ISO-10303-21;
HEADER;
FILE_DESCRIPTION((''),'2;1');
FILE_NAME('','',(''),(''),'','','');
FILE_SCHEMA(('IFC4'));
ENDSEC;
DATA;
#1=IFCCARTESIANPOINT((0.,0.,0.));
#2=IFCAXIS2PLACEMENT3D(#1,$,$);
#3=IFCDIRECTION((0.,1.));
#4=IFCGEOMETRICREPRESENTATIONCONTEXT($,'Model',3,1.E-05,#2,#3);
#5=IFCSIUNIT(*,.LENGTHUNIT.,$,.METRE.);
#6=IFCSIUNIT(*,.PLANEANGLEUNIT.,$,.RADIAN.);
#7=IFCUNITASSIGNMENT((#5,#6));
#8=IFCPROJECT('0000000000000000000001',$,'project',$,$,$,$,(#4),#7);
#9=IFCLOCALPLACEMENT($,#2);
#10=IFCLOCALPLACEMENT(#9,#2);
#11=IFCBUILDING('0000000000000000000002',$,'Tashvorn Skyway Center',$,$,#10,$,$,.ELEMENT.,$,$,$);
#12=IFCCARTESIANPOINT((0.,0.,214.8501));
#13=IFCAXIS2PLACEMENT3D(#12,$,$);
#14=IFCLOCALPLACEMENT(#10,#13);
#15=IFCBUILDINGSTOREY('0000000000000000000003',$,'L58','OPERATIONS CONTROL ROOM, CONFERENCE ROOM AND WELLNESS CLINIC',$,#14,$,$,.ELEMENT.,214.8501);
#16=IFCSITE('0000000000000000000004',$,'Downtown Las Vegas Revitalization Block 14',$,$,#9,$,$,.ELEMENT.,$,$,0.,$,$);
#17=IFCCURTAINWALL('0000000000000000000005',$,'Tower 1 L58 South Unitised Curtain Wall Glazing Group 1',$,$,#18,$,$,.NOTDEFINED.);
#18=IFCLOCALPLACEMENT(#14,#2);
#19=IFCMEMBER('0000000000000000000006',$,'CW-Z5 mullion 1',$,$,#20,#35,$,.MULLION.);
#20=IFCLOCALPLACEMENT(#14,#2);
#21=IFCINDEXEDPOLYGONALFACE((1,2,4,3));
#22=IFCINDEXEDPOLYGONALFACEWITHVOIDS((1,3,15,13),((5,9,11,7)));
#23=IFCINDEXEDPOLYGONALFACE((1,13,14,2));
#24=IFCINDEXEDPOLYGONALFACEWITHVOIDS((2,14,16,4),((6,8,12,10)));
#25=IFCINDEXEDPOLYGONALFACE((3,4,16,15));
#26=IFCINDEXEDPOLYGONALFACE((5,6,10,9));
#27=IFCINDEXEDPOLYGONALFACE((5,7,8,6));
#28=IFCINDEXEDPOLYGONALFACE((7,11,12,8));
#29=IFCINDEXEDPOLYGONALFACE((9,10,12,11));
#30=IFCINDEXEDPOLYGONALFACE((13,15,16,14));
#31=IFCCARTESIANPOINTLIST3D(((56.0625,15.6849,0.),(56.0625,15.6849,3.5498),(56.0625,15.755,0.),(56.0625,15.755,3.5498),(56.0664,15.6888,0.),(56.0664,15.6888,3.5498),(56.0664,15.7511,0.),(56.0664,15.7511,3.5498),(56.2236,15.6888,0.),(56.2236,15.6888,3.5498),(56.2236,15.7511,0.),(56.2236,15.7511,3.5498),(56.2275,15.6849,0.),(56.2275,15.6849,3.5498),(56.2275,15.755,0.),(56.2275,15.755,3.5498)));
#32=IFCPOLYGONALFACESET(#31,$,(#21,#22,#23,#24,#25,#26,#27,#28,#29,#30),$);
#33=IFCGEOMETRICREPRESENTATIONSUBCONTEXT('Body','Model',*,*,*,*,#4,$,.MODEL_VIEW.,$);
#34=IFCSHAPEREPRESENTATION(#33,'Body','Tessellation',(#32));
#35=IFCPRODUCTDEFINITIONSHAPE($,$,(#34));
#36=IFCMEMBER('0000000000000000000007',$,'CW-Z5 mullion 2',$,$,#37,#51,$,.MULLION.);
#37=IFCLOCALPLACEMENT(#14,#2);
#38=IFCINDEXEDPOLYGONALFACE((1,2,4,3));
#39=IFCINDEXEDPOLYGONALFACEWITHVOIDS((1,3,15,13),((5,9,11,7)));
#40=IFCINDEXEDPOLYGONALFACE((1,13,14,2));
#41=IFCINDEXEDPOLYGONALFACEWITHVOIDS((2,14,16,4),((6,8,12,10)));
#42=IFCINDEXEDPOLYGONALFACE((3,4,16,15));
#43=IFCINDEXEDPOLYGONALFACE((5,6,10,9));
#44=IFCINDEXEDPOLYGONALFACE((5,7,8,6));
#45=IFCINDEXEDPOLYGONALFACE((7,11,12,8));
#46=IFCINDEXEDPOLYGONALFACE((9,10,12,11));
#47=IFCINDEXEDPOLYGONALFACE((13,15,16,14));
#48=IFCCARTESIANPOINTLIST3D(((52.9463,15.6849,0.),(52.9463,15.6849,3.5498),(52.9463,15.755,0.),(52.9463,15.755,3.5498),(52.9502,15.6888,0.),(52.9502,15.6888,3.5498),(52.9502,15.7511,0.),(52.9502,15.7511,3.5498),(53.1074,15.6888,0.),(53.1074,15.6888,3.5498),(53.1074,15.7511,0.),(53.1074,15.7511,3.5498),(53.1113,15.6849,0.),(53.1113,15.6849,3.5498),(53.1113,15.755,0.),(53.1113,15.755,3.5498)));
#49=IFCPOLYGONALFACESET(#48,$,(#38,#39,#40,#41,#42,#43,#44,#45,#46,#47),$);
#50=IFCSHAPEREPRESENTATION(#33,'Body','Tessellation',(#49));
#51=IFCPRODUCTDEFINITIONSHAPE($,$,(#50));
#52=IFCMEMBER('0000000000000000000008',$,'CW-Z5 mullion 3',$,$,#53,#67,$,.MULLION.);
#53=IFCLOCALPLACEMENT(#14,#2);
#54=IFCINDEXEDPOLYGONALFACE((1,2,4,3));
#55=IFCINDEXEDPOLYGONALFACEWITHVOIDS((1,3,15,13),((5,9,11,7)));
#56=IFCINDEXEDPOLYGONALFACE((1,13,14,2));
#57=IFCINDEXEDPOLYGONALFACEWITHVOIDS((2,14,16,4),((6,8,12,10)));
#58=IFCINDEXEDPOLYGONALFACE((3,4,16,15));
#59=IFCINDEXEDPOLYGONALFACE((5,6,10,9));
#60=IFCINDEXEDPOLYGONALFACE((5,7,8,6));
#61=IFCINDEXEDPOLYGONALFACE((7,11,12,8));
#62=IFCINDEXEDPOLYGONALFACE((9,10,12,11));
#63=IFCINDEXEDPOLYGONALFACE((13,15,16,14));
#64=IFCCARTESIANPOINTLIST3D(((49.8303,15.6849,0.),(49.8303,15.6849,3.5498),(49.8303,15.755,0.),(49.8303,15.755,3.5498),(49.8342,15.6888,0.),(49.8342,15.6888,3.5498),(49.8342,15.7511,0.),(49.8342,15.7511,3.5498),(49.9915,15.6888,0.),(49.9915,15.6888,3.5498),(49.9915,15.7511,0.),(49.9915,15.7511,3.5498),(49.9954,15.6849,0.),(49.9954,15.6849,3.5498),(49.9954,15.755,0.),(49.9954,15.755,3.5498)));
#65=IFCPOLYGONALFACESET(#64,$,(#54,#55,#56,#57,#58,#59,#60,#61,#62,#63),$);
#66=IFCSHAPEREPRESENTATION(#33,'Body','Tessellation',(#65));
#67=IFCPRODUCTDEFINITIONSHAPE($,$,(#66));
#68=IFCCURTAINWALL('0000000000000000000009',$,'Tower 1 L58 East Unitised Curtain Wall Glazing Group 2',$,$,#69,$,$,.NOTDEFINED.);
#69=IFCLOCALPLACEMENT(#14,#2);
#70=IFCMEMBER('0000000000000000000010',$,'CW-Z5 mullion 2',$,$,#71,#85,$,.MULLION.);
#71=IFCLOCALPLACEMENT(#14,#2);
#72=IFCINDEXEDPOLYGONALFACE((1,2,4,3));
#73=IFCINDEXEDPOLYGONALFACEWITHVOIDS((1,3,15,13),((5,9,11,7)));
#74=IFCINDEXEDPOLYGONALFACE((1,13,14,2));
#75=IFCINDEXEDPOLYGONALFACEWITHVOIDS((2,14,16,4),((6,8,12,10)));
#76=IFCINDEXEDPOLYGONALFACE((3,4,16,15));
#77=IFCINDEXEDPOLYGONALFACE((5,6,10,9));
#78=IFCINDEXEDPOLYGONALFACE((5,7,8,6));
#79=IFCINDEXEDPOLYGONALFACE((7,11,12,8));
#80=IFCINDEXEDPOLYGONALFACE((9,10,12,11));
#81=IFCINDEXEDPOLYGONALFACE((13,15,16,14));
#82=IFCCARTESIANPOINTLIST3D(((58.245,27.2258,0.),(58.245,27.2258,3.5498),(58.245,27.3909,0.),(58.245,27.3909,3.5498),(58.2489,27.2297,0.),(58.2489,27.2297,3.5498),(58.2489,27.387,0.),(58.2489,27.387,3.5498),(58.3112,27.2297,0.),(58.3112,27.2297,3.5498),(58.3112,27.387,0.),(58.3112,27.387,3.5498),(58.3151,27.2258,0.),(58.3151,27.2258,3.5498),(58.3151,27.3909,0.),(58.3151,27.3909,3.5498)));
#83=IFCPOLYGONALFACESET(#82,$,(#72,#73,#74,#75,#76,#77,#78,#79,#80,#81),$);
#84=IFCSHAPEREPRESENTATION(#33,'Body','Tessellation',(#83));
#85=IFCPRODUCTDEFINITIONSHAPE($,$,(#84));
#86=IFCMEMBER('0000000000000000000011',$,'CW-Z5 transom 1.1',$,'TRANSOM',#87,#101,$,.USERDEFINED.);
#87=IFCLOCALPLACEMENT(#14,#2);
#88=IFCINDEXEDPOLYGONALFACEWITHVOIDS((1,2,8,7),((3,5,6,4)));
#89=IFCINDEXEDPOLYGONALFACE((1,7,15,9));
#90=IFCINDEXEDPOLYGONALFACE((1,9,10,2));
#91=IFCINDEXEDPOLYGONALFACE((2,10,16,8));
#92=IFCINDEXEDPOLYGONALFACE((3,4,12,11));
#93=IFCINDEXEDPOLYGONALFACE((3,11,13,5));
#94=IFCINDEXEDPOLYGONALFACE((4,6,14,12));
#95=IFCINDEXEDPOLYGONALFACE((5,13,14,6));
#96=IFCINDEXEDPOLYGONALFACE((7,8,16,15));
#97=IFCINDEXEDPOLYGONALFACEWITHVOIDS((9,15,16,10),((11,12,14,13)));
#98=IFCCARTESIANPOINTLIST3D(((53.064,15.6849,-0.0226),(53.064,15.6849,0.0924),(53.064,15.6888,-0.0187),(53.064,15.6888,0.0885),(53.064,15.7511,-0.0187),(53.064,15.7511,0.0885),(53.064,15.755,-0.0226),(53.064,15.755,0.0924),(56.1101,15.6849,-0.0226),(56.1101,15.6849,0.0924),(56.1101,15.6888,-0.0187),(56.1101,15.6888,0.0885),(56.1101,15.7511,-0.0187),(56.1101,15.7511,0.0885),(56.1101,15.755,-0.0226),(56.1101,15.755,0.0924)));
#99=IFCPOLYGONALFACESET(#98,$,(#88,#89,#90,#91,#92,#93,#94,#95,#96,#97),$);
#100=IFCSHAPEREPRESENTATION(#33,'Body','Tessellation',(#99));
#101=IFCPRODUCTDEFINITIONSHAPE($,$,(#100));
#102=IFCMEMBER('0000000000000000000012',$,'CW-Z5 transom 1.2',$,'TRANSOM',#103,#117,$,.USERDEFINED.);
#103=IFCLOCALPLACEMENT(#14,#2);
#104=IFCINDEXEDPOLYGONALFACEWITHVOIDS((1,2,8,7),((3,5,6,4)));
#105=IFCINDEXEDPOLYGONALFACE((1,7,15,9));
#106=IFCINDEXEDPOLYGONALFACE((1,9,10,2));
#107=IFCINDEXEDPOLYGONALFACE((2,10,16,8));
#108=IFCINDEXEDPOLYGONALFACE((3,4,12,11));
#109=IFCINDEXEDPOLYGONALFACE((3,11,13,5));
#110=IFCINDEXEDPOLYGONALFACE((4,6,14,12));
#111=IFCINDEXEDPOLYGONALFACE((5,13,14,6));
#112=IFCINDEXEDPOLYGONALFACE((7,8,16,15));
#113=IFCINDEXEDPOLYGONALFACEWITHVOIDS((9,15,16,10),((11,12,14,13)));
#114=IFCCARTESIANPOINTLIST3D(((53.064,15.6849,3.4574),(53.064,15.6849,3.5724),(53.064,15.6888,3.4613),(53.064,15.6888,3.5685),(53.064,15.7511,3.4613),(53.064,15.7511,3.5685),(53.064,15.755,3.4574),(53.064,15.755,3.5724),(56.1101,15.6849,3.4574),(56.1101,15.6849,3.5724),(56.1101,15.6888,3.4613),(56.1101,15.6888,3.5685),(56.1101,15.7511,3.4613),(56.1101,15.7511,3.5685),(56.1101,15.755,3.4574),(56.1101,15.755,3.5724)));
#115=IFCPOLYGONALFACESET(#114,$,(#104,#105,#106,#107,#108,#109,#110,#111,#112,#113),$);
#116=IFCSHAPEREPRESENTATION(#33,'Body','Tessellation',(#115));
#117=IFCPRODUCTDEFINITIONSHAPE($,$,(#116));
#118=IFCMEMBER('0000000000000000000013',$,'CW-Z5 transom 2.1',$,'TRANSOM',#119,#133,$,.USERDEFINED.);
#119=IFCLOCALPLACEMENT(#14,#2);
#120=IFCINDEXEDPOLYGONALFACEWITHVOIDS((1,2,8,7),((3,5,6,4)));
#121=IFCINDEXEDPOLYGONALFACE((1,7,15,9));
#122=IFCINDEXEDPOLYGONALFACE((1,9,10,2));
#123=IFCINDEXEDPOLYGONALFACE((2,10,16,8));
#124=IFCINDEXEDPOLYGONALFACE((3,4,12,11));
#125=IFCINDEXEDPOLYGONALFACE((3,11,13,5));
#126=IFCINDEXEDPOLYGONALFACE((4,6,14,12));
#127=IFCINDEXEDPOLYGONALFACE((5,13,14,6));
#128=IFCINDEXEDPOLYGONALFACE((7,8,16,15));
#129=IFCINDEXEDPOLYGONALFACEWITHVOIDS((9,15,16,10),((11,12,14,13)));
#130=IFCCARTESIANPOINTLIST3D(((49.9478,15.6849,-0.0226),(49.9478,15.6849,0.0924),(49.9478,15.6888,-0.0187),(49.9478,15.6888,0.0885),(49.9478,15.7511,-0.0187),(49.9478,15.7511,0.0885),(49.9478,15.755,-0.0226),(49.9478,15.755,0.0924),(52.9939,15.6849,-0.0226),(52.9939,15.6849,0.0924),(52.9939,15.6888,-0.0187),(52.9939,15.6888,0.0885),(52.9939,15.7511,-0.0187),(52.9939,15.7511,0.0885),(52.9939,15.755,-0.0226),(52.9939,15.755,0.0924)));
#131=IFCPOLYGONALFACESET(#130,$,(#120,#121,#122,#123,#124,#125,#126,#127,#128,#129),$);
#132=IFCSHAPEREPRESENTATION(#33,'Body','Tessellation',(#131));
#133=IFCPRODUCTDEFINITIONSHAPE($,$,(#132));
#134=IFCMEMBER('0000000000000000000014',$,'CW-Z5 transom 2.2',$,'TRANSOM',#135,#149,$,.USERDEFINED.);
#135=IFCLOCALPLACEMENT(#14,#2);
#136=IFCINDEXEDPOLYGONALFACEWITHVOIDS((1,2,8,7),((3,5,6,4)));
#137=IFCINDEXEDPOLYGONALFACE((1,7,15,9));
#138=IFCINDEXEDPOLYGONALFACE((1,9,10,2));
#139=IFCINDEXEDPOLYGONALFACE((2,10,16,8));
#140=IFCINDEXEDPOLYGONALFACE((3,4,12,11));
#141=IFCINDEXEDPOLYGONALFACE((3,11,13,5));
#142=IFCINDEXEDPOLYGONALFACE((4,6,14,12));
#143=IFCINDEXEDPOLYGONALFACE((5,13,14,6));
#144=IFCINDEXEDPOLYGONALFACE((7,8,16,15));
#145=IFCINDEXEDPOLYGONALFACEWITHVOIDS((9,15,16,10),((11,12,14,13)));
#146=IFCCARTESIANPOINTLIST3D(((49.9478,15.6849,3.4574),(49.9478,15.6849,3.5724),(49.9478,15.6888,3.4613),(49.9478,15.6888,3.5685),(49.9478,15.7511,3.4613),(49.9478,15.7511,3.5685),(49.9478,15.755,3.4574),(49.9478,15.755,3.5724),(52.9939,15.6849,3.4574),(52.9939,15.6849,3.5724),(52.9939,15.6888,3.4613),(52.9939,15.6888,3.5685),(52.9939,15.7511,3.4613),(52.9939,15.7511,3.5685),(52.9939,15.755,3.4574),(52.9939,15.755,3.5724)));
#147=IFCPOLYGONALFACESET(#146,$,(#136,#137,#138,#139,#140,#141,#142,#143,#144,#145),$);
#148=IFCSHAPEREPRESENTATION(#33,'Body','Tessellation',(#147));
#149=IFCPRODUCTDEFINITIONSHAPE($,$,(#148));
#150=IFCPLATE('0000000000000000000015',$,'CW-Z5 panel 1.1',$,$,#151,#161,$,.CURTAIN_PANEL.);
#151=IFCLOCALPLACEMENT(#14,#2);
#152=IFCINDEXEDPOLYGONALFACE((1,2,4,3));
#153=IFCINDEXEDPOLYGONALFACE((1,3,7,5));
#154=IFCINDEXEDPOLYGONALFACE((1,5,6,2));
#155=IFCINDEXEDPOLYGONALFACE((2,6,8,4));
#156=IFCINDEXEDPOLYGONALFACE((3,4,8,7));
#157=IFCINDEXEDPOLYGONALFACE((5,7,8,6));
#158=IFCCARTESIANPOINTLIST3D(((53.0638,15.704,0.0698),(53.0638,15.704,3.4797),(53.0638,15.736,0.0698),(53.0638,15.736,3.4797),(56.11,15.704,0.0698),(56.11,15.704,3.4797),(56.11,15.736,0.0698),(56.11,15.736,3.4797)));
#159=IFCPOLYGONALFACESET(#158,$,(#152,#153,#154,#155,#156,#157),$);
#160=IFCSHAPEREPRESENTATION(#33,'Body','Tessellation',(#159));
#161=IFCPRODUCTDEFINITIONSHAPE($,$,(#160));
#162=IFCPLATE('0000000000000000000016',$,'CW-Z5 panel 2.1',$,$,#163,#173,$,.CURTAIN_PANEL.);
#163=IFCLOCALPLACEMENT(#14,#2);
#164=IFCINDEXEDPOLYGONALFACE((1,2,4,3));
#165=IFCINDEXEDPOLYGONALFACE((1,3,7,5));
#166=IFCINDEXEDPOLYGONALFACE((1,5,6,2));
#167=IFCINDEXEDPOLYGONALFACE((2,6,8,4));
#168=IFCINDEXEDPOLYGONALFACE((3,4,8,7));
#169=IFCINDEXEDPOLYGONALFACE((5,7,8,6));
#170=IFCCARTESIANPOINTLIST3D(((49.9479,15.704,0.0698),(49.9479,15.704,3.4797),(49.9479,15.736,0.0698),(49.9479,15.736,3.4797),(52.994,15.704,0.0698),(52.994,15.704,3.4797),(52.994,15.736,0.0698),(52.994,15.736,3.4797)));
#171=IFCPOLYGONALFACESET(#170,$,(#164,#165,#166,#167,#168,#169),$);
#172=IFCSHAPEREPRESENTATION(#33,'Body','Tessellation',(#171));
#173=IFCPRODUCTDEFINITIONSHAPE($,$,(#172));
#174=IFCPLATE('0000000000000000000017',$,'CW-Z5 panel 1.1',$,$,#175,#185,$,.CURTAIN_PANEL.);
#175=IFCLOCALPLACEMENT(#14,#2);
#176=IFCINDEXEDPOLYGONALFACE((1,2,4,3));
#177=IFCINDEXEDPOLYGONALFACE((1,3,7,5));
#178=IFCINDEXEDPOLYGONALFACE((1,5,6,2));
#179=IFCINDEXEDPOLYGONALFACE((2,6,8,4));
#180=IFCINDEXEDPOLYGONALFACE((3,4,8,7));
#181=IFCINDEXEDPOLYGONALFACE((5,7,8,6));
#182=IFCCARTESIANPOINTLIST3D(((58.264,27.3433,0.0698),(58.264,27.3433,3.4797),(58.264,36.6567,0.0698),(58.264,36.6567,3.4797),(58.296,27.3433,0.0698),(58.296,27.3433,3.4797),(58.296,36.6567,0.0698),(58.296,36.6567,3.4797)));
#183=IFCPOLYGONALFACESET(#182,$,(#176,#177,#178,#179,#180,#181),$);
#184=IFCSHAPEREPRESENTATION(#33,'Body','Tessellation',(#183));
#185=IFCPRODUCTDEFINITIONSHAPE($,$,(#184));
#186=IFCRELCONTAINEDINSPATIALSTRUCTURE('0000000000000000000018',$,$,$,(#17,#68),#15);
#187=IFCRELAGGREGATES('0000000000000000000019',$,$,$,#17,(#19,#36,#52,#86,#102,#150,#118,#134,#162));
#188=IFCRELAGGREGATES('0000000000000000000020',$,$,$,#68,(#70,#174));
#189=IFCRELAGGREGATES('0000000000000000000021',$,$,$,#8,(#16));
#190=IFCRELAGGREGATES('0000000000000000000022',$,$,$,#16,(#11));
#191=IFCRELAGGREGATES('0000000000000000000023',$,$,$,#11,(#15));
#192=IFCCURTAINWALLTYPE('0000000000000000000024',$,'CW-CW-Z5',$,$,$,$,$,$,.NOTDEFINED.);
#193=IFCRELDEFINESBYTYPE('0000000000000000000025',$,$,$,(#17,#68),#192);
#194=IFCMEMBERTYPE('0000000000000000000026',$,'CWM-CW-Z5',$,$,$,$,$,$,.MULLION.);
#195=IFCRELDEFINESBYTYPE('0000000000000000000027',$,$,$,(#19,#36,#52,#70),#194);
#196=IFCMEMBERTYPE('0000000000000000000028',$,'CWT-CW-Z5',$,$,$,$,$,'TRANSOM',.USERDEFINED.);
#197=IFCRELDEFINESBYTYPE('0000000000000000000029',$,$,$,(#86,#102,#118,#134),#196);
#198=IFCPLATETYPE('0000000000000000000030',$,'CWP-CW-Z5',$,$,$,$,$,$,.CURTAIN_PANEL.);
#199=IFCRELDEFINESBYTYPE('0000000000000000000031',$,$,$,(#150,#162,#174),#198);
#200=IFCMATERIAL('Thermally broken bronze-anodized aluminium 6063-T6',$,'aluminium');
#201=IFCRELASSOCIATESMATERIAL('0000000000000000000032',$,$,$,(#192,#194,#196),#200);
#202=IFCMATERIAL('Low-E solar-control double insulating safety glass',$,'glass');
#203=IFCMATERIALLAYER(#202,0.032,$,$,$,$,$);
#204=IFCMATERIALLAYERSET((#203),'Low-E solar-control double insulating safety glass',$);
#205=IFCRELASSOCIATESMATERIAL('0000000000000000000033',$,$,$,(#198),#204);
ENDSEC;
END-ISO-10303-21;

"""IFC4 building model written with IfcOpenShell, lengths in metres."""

from ifc_helpers import new_model, si_unit, direction, frame, origin, origin_2d, place, context, subcontext, project, spatial, rectangle, hollow_rectangle, extrude, material, layer, layer_set, material_profile, profile_set, type_object, element, aggregate, save


model = new_model("IFC4")

# Units and contexts
model_context = context("Model", 3, precision=1e-05, world=origin(), true_north=direction((0.0, 1.0)))
body_context = subcontext(model_context, "Body", "Model", "MODEL_VIEW")
ifc_project = project(units=[si_unit("LENGTHUNIT", "METRE"), si_unit("PLANEANGLEUNIT", "RADIAN")], contexts=[model_context])

# Site, building, storey
site_placement = place(None, origin())
site = spatial("IfcSite", under=ifc_project, at=site_placement, Name="Downtown Las Vegas Revitalization Block 14", CompositionType="ELEMENT", RefElevation=0.0)
building_placement = place(site_placement, origin())
building = spatial("IfcBuilding", under=site, at=building_placement, Name="Tashvorn Skyway Center", CompositionType="ELEMENT")
storey_placement = place(building_placement, frame((0.0, 0.0, 214.8501)))
storey = spatial("IfcBuildingStorey", under=building, at=storey_placement, Name="L58", Description="OPERATIONS CONTROL ROOM, CONFERENCE ROOM AND WELLNESS CLINIC", CompositionType="ELEMENT", Elevation=214.8501)

# Curtain wall, members
ifc_material_1 = material(Name="Thermally broken bronze-anodized aluminium 6063-T6", Category="aluminium")
curtain_wall_type = type_object("IfcCurtainWallType", Name="CW-CW-Z5", PredefinedType="NOTDEFINED", material=ifc_material_1)
curtain_wall_1_placement = place(storey_placement, origin())
curtain_wall_1 = element("IfcCurtainWall", 1, at=curtain_wall_1_placement, inside=storey, type_object=curtain_wall_type, Name="Tower 1 L58 South Unitised Curtain Wall Glazing Group 1", PredefinedType="NOTDEFINED")
ifc_material_profile_1 = material_profile(ifc_material_1, hollow_rectangle(XDim=0.0701, YDim=0.165, WallThickness=0.0039, at=origin_2d()), Name="ALU-MULL-70x165")
ifc_profile_set_1 = profile_set([ifc_material_profile_1], Name="Thermally broken bronze-anodized aluminium 6063-T6")
member_type_1 = type_object("IfcMemberType", Name="CWM-CW-Z5", PredefinedType="MULLION", material=ifc_profile_set_1)
member_1_placement = place(storey_placement, frame((56.145, 15.72, 0.0), z_axis=(0.0, 0.0, 1.0), x_axis=(0.0, -1.0, 0.0)))
member_1 = element("IfcMember", 2, at=member_1_placement, type_object=member_type_1, Name="CW-Z5 mullion 1", PredefinedType="MULLION", context=body_context, shape_type="SweptSolid", body=[
    extrude(hollow_rectangle(XDim=0.0701, YDim=0.165, WallThickness=0.0039, at=origin_2d()), origin(), (0.0, 0.0, 1.0), 3.5498),
])
member_2_placement = place(storey_placement, frame((53.0288, 15.72, 0.0), z_axis=(0.0, 0.0, 1.0), x_axis=(0.0, -1.0, 0.0)))
member_2 = element("IfcMember", 3, at=member_2_placement, type_object=member_type_1, Name="CW-Z5 mullion 2", PredefinedType="MULLION", context=body_context, shape_type="SweptSolid", body=[
    extrude(hollow_rectangle(XDim=0.0701, YDim=0.165, WallThickness=0.0039, at=origin_2d()), origin(), (0.0, 0.0, 1.0), 3.5498),
])
member_3_placement = place(storey_placement, frame((49.9128, 15.72, 0.0), z_axis=(0.0, 0.0, 1.0), x_axis=(0.0, -1.0, 0.0)))
member_3 = element("IfcMember", 4, at=member_3_placement, type_object=member_type_1, Name="CW-Z5 mullion 3", PredefinedType="MULLION", context=body_context, shape_type="SweptSolid", body=[
    extrude(hollow_rectangle(XDim=0.0701, YDim=0.165, WallThickness=0.0039, at=origin_2d()), origin(), (0.0, 0.0, 1.0), 3.5498),
])

# Curtain wall, member
curtain_wall_2_placement = place(storey_placement, origin())
curtain_wall_2 = element("IfcCurtainWall", 5, at=curtain_wall_2_placement, inside=storey, type_object=curtain_wall_type, Name="Tower 1 L58 East Unitised Curtain Wall Glazing Group 2", PredefinedType="NOTDEFINED")
member_4_placement = place(storey_placement, frame((58.28, 27.3083, 0.0), z_axis=(0.0, 0.0, 1.0), x_axis=(1.0, 0.0, 0.0)))
member_4 = element("IfcMember", 6, at=member_4_placement, type_object=member_type_1, Name="CW-Z5 mullion 2", PredefinedType="MULLION", context=body_context, shape_type="SweptSolid", body=[
    extrude(hollow_rectangle(XDim=0.0701, YDim=0.165, WallThickness=0.0039, at=origin_2d()), origin(), (0.0, 0.0, 1.0), 3.5498),
])

# Members
ifc_material_profile_2 = material_profile(ifc_material_1, hollow_rectangle(XDim=0.0701, YDim=0.115, WallThickness=0.0039, at=origin_2d()), Name="ALU-TRAN-70x115")
ifc_profile_set_2 = profile_set([ifc_material_profile_2], Name="Thermally broken bronze-anodized aluminium 6063-T6")
member_type_2 = type_object("IfcMemberType", Name="CWT-CW-Z5", ElementType="TRANSOM", PredefinedType="USERDEFINED", material=ifc_profile_set_2)
member_5_placement = place(storey_placement, frame((56.1101, 15.72, 0.0349), z_axis=(-1.0, 0.0, 0.0), x_axis=(0.0, -1.0, 0.0)))
member_5 = element("IfcMember", 7, at=member_5_placement, type_object=member_type_2, Name="CW-Z5 transom 1.1", ObjectType="TRANSOM", PredefinedType="USERDEFINED", context=body_context, shape_type="SweptSolid", body=[
    extrude(hollow_rectangle(XDim=0.0701, YDim=0.115, WallThickness=0.0039, at=origin_2d()), origin(), (0.0, 0.0, 1.0), 3.0461),
])
member_6_placement = place(storey_placement, frame((56.1101, 15.72, 3.5149), z_axis=(-1.0, 0.0, 0.0), x_axis=(0.0, -1.0, 0.0)))
member_6 = element("IfcMember", 8, at=member_6_placement, type_object=member_type_2, Name="CW-Z5 transom 1.2", ObjectType="TRANSOM", PredefinedType="USERDEFINED", context=body_context, shape_type="SweptSolid", body=[
    extrude(hollow_rectangle(XDim=0.0701, YDim=0.115, WallThickness=0.0039, at=origin_2d()), origin(), (0.0, 0.0, 1.0), 3.0461),
])
member_7_placement = place(storey_placement, frame((52.9939, 15.72, 0.0349), z_axis=(-1.0, 0.0, 0.0), x_axis=(0.0, -1.0, 0.0)))
member_7 = element("IfcMember", 9, at=member_7_placement, type_object=member_type_2, Name="CW-Z5 transom 2.1", ObjectType="TRANSOM", PredefinedType="USERDEFINED", context=body_context, shape_type="SweptSolid", body=[
    extrude(hollow_rectangle(XDim=0.0701, YDim=0.115, WallThickness=0.0039, at=origin_2d()), origin(), (0.0, 0.0, 1.0), 3.0461),
])
member_8_placement = place(storey_placement, frame((52.9939, 15.72, 3.5149), z_axis=(-1.0, 0.0, 0.0), x_axis=(0.0, -1.0, 0.0)))
member_8 = element("IfcMember", 10, at=member_8_placement, type_object=member_type_2, Name="CW-Z5 transom 2.2", ObjectType="TRANSOM", PredefinedType="USERDEFINED", context=body_context, shape_type="SweptSolid", body=[
    extrude(hollow_rectangle(XDim=0.0701, YDim=0.115, WallThickness=0.0039, at=origin_2d()), origin(), (0.0, 0.0, 1.0), 3.0461),
])

# Plates
ifc_material_2 = material(Name="Low-E solar-control double insulating safety glass", Category="glass")
ifc_layer_1 = layer(ifc_material_2, 0.032)
ifc_layer_set_1 = layer_set([ifc_layer_1], Name="Low-E solar-control double insulating safety glass")
plate_type = type_object("IfcPlateType", Name="CWP-CW-Z5", PredefinedType="CURTAIN_PANEL", material=ifc_layer_set_1)
plate_1_placement = place(storey_placement, frame((54.5869, 15.72, 0.0698), z_axis=(0.0, 0.0, 1.0), x_axis=(-1.0, 0.0, 0.0)))
plate_1 = element("IfcPlate", 11, at=plate_1_placement, type_object=plate_type, Name="CW-Z5 panel 1.1", PredefinedType="CURTAIN_PANEL", context=body_context, shape_type="SweptSolid", body=[
    extrude(rectangle(XDim=3.0461, YDim=0.032, at=origin_2d()), origin(), (0.0, 0.0, 1.0), 3.4099),
])
plate_2_placement = place(storey_placement, frame((51.4709, 15.72, 0.0698), z_axis=(0.0, 0.0, 1.0), x_axis=(-1.0, 0.0, 0.0)))
plate_2 = element("IfcPlate", 12, at=plate_2_placement, type_object=plate_type, Name="CW-Z5 panel 2.1", PredefinedType="CURTAIN_PANEL", context=body_context, shape_type="SweptSolid", body=[
    extrude(rectangle(XDim=3.0461, YDim=0.032, at=origin_2d()), origin(), (0.0, 0.0, 1.0), 3.4099),
])
aggregate(curtain_wall_1, [member_1, member_2, member_3, member_5, member_6, plate_1, member_7, member_8, plate_2])
plate_3_placement = place(storey_placement, frame((58.28, 32.0, 0.0698), z_axis=(0.0, 0.0, 1.0), x_axis=(0.0, -1.0, 0.0)))
plate_3 = element("IfcPlate", 13, at=plate_3_placement, type_object=plate_type, Name="CW-Z5 panel 1.1", PredefinedType="CURTAIN_PANEL", context=body_context, shape_type="SweptSolid", body=[
    extrude(rectangle(XDim=9.3135, YDim=0.032, at=origin_2d()), origin(), (0.0, 0.0, 1.0), 3.4099),
])
aggregate(curtain_wall_2, [member_4, plate_3])

save(model, "model.ifc")
